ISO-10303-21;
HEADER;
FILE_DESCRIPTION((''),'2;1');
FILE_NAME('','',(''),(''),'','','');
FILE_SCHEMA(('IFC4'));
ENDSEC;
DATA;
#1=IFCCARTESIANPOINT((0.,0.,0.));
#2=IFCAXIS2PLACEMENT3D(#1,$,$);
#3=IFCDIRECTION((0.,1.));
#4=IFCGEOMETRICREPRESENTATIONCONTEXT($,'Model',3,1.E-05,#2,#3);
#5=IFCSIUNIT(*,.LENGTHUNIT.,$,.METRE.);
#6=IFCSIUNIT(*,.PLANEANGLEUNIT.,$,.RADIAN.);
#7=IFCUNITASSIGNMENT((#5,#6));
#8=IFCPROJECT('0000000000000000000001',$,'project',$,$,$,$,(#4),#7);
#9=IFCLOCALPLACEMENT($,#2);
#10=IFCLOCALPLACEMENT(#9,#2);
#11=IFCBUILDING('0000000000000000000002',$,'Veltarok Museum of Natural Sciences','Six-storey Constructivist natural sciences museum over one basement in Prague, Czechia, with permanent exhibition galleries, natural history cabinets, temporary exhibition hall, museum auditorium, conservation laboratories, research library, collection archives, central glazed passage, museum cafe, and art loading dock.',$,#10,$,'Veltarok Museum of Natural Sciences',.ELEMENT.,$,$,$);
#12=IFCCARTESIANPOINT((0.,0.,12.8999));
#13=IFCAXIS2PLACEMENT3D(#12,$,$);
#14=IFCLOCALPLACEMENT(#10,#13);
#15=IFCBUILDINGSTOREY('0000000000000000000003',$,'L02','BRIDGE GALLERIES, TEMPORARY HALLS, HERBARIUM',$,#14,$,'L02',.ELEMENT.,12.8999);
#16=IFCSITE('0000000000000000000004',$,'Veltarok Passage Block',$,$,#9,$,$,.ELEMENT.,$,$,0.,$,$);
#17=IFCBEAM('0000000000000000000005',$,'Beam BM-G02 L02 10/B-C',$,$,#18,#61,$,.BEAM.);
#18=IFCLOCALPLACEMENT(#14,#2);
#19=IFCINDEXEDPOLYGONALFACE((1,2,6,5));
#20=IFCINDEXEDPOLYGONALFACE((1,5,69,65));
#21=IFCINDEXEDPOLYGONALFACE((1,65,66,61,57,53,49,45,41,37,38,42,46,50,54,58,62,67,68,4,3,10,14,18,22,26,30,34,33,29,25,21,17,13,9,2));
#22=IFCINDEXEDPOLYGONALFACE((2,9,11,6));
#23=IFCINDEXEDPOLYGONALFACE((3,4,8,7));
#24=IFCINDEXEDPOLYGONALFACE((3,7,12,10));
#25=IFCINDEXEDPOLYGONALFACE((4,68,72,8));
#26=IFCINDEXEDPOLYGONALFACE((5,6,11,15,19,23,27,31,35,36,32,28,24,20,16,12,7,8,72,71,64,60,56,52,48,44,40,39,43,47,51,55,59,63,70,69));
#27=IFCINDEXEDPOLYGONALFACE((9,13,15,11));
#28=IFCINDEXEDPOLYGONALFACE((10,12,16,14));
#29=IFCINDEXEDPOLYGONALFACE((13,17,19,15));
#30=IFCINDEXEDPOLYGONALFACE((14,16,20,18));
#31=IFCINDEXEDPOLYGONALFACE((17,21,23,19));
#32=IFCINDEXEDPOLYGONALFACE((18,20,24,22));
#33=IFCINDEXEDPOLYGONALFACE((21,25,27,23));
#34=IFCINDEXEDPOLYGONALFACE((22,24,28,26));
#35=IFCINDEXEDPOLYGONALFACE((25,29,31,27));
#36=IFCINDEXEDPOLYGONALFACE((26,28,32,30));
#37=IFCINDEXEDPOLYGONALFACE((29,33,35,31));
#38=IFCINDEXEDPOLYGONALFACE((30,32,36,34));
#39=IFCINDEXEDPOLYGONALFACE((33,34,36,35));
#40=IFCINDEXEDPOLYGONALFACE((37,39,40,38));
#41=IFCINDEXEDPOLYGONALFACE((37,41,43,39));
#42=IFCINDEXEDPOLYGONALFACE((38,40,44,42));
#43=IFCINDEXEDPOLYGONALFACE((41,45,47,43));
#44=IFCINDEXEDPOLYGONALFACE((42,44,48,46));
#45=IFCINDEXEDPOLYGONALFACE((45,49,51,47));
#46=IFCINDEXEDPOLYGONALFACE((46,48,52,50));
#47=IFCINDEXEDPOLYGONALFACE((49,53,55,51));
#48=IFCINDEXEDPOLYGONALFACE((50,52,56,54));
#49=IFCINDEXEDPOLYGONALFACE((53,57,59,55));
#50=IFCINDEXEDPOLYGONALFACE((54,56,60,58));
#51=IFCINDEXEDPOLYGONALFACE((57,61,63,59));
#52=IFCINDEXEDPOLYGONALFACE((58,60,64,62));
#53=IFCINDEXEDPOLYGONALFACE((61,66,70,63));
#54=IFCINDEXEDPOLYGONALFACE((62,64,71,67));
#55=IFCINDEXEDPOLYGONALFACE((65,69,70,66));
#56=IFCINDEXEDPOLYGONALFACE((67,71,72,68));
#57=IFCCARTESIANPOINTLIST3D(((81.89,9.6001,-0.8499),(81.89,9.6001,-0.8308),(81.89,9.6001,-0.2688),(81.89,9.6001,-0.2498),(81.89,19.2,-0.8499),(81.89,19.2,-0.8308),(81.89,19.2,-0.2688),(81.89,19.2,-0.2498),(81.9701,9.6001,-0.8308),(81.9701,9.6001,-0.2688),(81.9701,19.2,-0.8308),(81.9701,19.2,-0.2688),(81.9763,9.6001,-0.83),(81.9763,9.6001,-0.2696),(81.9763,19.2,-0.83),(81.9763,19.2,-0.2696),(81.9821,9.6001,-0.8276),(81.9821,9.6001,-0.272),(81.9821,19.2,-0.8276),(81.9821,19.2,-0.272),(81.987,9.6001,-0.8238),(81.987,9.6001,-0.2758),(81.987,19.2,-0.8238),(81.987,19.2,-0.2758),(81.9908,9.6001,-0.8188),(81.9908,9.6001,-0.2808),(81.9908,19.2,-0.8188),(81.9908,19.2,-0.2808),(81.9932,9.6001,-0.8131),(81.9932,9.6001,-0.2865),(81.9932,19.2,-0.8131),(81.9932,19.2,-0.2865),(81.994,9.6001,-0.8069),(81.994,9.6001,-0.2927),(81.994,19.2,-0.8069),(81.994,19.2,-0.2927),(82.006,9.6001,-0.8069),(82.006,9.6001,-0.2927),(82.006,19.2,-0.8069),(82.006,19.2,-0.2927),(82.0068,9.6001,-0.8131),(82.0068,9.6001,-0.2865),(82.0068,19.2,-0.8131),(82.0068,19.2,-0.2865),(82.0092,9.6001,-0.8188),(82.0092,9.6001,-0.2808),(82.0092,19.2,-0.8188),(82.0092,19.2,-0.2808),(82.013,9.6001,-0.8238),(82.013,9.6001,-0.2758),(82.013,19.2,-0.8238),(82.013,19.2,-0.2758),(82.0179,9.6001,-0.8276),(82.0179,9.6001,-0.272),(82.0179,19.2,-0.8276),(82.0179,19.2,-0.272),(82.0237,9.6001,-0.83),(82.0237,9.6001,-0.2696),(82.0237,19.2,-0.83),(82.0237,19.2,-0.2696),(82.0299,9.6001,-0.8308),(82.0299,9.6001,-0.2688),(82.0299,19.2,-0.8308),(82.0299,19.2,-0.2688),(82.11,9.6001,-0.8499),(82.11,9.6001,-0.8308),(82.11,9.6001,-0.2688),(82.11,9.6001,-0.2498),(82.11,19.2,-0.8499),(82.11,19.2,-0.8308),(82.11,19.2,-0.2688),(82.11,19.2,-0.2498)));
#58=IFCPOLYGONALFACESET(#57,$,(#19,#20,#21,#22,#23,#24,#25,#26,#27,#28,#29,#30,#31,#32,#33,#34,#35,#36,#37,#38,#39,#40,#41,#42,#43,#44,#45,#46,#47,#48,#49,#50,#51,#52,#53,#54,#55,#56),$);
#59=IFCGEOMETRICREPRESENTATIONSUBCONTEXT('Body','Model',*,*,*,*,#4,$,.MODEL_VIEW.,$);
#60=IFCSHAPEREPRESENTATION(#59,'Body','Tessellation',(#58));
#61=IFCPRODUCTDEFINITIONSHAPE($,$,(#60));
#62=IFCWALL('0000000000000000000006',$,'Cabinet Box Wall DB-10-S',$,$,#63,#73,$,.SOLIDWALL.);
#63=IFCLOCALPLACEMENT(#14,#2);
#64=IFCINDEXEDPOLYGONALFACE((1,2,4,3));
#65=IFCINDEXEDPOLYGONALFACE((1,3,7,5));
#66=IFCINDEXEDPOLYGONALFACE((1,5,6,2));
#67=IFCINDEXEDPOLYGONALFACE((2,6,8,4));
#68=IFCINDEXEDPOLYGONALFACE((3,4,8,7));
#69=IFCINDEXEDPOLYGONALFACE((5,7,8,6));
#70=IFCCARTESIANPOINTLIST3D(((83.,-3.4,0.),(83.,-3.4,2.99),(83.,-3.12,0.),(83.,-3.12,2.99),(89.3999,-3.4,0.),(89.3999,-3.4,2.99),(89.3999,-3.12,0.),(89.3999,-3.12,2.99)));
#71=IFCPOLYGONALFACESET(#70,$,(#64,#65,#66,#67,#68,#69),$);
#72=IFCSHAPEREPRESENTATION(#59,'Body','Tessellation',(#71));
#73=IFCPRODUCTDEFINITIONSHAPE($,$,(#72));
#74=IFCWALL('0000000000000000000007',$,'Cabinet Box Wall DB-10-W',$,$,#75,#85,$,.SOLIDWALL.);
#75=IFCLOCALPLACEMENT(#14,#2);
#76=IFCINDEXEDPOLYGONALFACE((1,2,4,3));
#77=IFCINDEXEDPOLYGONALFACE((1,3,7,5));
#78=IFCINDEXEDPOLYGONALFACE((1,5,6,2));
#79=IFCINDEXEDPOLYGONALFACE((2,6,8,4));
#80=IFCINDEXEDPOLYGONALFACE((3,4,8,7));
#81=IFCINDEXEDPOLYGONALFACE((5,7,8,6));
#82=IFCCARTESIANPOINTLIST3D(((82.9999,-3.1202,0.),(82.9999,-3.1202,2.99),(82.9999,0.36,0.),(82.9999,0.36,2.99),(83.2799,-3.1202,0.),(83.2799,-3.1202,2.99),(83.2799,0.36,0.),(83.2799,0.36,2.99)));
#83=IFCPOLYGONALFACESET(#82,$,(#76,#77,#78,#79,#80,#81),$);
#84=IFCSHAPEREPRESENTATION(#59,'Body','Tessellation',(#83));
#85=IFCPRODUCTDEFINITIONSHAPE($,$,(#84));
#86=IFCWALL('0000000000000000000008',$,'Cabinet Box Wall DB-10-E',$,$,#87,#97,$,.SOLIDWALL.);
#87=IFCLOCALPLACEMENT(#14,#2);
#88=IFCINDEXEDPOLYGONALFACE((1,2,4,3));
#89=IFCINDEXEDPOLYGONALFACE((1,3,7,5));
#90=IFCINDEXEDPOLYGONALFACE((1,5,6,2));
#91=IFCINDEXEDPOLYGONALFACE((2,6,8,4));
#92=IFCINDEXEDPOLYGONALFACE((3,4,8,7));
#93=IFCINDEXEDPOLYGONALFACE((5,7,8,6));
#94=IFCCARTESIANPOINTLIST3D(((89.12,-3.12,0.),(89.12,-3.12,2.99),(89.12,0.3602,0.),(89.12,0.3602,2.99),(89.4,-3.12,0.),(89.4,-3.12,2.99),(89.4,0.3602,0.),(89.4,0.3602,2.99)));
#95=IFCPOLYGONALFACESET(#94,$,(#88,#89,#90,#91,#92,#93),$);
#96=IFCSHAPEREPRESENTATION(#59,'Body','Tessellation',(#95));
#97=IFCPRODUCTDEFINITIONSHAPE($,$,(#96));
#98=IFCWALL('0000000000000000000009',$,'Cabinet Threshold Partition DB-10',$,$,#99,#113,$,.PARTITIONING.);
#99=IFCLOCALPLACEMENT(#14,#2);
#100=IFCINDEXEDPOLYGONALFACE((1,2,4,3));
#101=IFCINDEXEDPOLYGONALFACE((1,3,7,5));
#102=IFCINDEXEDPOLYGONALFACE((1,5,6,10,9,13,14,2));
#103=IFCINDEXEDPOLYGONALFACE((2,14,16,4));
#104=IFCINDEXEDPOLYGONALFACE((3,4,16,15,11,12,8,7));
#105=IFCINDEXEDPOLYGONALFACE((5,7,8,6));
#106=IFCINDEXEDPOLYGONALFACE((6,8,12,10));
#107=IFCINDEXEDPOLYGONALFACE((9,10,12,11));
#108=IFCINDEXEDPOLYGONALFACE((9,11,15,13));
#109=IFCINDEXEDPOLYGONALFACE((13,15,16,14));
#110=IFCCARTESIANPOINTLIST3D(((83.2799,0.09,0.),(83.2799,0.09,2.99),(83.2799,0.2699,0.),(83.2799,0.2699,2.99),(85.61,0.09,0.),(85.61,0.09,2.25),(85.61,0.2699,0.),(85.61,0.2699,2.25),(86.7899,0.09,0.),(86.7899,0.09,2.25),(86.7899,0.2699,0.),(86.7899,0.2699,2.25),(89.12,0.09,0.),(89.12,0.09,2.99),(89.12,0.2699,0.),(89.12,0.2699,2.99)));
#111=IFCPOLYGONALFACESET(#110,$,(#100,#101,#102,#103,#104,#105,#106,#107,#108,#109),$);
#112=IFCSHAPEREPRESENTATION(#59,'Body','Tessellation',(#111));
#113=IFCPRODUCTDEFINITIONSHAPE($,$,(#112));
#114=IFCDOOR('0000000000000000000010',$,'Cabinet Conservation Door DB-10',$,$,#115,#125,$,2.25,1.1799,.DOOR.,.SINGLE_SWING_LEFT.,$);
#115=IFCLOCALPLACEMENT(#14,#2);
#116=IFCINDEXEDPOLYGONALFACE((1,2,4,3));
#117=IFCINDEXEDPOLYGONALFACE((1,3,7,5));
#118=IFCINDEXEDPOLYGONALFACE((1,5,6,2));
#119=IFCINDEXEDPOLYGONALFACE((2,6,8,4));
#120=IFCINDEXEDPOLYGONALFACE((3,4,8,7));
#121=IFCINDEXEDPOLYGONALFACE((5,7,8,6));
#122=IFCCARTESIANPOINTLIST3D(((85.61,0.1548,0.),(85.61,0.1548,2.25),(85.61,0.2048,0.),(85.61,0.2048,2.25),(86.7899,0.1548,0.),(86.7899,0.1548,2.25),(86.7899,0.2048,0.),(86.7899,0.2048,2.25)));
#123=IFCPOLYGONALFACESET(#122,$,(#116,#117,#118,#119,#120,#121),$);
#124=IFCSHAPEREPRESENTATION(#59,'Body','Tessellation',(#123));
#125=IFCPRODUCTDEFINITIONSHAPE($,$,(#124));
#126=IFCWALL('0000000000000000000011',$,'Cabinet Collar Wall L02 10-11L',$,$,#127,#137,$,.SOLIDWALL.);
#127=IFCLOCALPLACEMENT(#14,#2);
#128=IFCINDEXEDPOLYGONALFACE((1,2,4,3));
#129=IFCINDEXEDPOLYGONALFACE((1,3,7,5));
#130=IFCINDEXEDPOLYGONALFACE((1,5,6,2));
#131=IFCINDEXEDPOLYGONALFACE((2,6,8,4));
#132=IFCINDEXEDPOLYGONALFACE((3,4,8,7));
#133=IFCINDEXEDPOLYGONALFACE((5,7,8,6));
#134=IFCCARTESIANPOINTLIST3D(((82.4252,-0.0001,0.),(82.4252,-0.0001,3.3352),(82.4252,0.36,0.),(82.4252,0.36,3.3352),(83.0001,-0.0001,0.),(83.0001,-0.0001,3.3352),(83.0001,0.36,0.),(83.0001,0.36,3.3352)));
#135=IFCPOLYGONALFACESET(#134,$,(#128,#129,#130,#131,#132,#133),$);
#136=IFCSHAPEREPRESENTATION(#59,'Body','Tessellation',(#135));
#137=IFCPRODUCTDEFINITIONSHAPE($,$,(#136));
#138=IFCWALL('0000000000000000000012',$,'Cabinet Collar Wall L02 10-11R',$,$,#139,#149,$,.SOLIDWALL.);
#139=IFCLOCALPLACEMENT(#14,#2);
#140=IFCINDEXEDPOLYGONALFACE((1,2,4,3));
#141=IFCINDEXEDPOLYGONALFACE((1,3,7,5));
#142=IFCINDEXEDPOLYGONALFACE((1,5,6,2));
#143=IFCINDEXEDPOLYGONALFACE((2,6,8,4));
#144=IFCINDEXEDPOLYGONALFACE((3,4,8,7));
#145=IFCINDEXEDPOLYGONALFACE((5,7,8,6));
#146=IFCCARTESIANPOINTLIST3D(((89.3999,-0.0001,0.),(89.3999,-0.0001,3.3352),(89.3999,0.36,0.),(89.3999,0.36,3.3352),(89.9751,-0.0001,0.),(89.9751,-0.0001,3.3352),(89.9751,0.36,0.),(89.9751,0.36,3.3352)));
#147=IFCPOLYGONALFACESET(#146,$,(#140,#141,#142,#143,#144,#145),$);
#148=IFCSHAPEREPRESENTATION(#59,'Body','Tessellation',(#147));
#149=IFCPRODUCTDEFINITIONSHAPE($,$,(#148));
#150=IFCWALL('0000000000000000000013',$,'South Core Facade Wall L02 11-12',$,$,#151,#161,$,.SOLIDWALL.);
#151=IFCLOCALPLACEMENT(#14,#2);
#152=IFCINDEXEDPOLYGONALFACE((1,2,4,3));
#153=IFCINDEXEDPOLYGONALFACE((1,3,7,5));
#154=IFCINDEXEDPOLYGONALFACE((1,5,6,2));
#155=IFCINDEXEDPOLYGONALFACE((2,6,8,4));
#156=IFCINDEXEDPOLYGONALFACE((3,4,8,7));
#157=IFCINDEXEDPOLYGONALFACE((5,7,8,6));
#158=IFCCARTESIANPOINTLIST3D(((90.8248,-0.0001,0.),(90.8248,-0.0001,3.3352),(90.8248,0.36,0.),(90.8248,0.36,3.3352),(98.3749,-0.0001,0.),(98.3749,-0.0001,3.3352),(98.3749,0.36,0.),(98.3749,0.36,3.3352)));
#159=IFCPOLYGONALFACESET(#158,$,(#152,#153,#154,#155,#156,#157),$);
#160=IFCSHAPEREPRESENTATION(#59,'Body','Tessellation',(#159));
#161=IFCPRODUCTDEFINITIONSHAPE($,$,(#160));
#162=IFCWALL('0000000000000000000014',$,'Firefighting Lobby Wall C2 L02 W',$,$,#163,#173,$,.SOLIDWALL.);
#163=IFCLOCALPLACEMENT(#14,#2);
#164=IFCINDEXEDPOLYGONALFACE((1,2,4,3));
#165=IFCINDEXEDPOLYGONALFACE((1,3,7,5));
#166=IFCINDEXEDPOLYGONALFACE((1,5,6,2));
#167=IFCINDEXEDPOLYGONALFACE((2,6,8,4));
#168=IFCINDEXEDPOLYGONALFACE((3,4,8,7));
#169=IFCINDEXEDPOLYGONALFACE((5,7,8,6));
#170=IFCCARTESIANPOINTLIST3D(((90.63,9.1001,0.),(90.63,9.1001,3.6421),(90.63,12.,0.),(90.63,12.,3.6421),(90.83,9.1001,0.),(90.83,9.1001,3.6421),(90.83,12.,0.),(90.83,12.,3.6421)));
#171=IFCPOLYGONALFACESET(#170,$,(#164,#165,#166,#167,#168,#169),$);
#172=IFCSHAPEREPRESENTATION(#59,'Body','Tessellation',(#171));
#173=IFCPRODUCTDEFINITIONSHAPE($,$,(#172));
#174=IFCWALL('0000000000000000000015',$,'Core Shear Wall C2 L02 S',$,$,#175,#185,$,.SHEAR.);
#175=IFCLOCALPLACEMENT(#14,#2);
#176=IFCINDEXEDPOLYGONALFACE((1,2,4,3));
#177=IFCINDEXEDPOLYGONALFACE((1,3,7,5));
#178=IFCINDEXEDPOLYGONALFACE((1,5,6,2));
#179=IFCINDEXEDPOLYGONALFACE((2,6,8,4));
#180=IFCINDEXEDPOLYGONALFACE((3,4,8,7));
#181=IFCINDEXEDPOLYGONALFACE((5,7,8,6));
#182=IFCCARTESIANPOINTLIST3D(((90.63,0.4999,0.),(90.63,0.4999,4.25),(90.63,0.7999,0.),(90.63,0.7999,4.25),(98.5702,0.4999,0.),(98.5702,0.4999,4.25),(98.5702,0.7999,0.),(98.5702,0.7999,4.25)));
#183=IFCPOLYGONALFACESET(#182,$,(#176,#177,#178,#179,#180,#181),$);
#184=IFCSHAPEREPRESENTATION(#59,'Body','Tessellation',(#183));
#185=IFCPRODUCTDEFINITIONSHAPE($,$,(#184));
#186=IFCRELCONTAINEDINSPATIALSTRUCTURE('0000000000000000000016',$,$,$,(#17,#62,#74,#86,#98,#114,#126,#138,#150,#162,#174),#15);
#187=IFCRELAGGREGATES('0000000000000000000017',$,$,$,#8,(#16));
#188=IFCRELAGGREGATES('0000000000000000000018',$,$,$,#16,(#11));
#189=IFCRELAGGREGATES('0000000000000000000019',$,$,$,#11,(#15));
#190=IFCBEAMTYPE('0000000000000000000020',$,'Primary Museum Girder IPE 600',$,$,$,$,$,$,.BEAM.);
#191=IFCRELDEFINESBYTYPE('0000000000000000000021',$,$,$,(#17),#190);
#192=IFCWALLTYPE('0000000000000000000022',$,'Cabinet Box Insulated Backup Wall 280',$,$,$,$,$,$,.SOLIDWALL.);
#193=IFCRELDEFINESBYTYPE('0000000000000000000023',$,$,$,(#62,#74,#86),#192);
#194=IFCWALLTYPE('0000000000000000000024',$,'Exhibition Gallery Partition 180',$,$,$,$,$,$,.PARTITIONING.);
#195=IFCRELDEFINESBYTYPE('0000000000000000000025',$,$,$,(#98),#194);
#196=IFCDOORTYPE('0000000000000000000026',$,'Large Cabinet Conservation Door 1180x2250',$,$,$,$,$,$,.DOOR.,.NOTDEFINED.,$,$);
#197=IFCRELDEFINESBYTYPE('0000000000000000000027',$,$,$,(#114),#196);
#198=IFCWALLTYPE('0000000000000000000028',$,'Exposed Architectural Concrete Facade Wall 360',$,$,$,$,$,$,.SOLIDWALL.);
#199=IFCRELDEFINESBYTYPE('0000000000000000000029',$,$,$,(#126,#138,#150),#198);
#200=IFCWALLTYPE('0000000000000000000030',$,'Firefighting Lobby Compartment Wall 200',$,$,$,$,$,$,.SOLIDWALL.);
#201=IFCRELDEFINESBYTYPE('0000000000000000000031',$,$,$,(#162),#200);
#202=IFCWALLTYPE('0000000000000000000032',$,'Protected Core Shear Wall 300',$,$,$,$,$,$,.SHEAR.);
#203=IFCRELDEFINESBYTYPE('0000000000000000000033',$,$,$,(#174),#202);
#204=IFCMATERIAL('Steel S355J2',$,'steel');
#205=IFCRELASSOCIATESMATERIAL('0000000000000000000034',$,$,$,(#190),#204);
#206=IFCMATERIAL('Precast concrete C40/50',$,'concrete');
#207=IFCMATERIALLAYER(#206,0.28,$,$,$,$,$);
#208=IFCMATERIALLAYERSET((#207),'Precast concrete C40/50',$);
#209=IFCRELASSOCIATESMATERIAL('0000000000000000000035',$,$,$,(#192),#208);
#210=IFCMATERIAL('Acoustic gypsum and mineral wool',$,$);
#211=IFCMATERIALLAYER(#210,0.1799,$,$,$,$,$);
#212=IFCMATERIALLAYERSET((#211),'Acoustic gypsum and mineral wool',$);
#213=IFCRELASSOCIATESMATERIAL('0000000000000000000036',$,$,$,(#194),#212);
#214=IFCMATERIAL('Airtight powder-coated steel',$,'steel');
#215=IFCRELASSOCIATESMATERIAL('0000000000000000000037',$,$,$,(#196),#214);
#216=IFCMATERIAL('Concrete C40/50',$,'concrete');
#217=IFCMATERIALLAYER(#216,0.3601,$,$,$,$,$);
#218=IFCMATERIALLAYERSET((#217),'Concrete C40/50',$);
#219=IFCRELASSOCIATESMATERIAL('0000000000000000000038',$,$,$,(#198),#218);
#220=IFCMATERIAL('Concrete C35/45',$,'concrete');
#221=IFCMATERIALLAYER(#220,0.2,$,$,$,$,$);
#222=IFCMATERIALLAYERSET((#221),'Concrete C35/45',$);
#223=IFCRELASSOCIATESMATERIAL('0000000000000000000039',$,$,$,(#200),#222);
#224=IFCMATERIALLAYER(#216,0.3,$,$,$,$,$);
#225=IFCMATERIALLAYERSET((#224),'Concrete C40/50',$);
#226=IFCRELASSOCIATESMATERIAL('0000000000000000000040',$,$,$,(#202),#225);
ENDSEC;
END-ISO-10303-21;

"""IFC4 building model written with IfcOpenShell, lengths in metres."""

from ifc_helpers import new_model, si_unit, direction, frame, frame_2d, origin, origin_2d, place, context, subcontext, project, spatial, rectangle, i_section, extrude, material, layer, layer_set, material_profile, profile_set, type_object, element, fill, save


model = new_model("IFC4")

# Units and contexts
model_context = context("Model", 3, precision=1e-05, world=origin(), true_north=direction((0.0, 1.0)))
body_context = subcontext(model_context, "Body", "Model", "MODEL_VIEW")
ifc_project = project(units=[si_unit("LENGTHUNIT", "METRE"), si_unit("PLANEANGLEUNIT", "RADIAN")], contexts=[model_context])

# Site, building, storey
site_placement = place(None, origin())
site = spatial("IfcSite", under=ifc_project, at=site_placement, Name="Veltarok Passage Block", CompositionType="ELEMENT", RefElevation=0.0)
building_placement = place(site_placement, origin())
building = spatial("IfcBuilding", under=site, at=building_placement, Name="Veltarok Museum of Natural Sciences", Description="Six-storey Constructivist natural sciences museum over one basement in Prague, Czechia, with permanent exhibition galleries, natural history cabinets, temporary exhibition hall, museum auditorium, conservation laboratories, research library, collection archives, central glazed passage, museum cafe, and art loading dock.", LongName="Veltarok Museum of Natural Sciences", CompositionType="ELEMENT")
storey_placement = place(building_placement, frame((0.0, 0.0, 12.8999)))
storey = spatial("IfcBuildingStorey", under=building, at=storey_placement, Name="L02", Description="BRIDGE GALLERIES, TEMPORARY HALLS, HERBARIUM", LongName="L02", CompositionType="ELEMENT", Elevation=12.8999)

# Shared definitions
ifc_material_1 = material(Name="Concrete C40/50", Category="concrete")
ifc_material_2 = material(Name="Steel S355J2", Category="steel")

# Beam
ifc_material_profile_1 = material_profile(ifc_material_2, i_section(OverallWidth=0.22, OverallDepth=0.6001, WebThickness=0.012, FlangeThickness=0.019, FilletRadius=0.0239, at=origin_2d()), Name="IPE 600")
ifc_profile_set_1 = profile_set([ifc_material_profile_1], Name="Steel S355J2")
beam_type_1 = type_object("IfcBeamType", Name="Primary Museum Girder IPE 600", PredefinedType="BEAM", material=ifc_profile_set_1)
beam_1_placement = place(storey_placement, frame((82.0, 9.6001, -0.5498), z_axis=(0.0, 1.0, 0.0), x_axis=(-1.0, 0.0, 0.0)))
element("IfcBeam", 1, at=beam_1_placement, inside=storey, type_object=beam_type_1, Name="Beam BM-G02 L02 10/B-C", PredefinedType="BEAM", context=body_context, shape_type="SweptSolid", body=[
    extrude(i_section(OverallWidth=0.22, OverallDepth=0.6001, WebThickness=0.012, FlangeThickness=0.019, FilletRadius=0.0239, at=origin_2d()), origin(), (0.0, 0.0, 1.0), 9.5999),
])

# Walls
ifc_material_3 = material(Name="Precast concrete C40/50", Category="concrete")
ifc_layer_1 = layer(ifc_material_3, 0.28)
ifc_layer_set_1 = layer_set([ifc_layer_1], Name="Precast concrete C40/50")
wall_type_1 = type_object("IfcWallType", Name="Cabinet Box Insulated Backup Wall 280", PredefinedType="SOLIDWALL", material=ifc_layer_set_1)
wall_1_placement = place(storey_placement, frame((83.0, -3.26, 0.0), z_axis=(0.0, 0.0, 1.0), x_axis=(1.0, 0.0, 0.0)))
element("IfcWall", 2, at=wall_1_placement, inside=storey, type_object=wall_type_1, Name="Cabinet Box Wall DB-10-S", PredefinedType="SOLIDWALL", context=body_context, shape_type="SweptSolid", body=[
    extrude(rectangle(XDim=6.3999, YDim=0.28, at=frame_2d((3.2, 0.0))), origin(), (0.0, 0.0, 1.0), 2.99),
])
for number, where, z_axis, x_axis, name in (
    (3, (83.1399, 0.3601, 0.0), (0.0, 0.0, 1.0), (0.0, -1.0, 0.0), "Cabinet Box Wall DB-10-W"),
    (4, (89.26, -3.1201, 0.0), (0.0, 0.0, 1.0), (0.0, 1.0, 0.0), "Cabinet Box Wall DB-10-E"),
):
    element("IfcWall", number, at=place(storey_placement, frame(where, z_axis=z_axis, x_axis=x_axis)), inside=storey, type_object=wall_type_1, Name=name, PredefinedType="SOLIDWALL", context=body_context, shape_type="SweptSolid", body=[
        extrude(rectangle(XDim=3.4802, YDim=0.28, at=frame_2d((1.7402, 0.0))), origin(), (0.0, 0.0, 1.0), 2.99),
    ])

# Wall, opening, door
ifc_material_4 = material(Name="Acoustic gypsum and mineral wool")
ifc_layer_2 = layer(ifc_material_4, 0.1799)
ifc_layer_set_2 = layer_set([ifc_layer_2], Name="Acoustic gypsum and mineral wool")
wall_type_2 = type_object("IfcWallType", Name="Exhibition Gallery Partition 180", PredefinedType="PARTITIONING", material=ifc_layer_set_2)
wall_2_placement = place(storey_placement, frame((83.28, 0.1799, 0.0), z_axis=(0.0, 0.0, 1.0), x_axis=(1.0, 0.0, 0.0)))
wall_2 = element("IfcWall", 5, at=wall_2_placement, inside=storey, type_object=wall_type_2, Name="Cabinet Threshold Partition DB-10", PredefinedType="PARTITIONING", context=body_context, shape_type="SweptSolid", body=[
    extrude(rectangle(XDim=5.8401, YDim=0.1799, at=frame_2d((2.9199, 0.0))), origin(), (0.0, 0.0, 1.0), 2.99),
])
opening_placement = place(wall_2_placement, frame((2.3301, 0.0, 0.0)))
opening = element("IfcOpeningElement", 6, at=opening_placement, cuts=wall_2, PredefinedType="OPENING", context=body_context, shape_type="SweptSolid", body=[
    extrude(rectangle(XDim=1.1799, YDim=2.25, at=frame_2d((0.5898, 1.125))), frame((0.0, 0.1001, 0.0), z_axis=(0.0, -1.0, 0.0), x_axis=(1.0, 0.0, 0.0)), (0.0, 0.0, 1.0), 0.2),
])
ifc_material_5 = material(Name="Airtight powder-coated steel", Category="steel")
door_type = type_object("IfcDoorType", Name="Large Cabinet Conservation Door 1180x2250", OperationType="NOTDEFINED", PredefinedType="DOOR", material=ifc_material_5)
door_placement = place(opening_placement, origin())
door = element("IfcDoor", 7, at=door_placement, inside=storey, type_object=door_type, Name="Cabinet Conservation Door DB-10", OperationType="SINGLE_SWING_LEFT", OverallHeight=2.25, OverallWidth=1.1799, PredefinedType="DOOR", context=body_context, shape_type="SweptSolid", body=[
    extrude(rectangle(XDim=1.1799, YDim=2.25, at=frame_2d((0.5898, 1.125))), frame((0.0, 0.0249, 0.0), z_axis=(0.0, -1.0, 0.0), x_axis=(1.0, 0.0, 0.0)), (0.0, 0.0, 1.0), 0.05),
])
fill(opening, door)

# Walls
ifc_layer_3 = layer(ifc_material_1, 0.3601)
ifc_layer_set_3 = layer_set([ifc_layer_3], Name="Concrete C40/50")
wall_type_3 = type_object("IfcWallType", Name="Exposed Architectural Concrete Facade Wall 360", PredefinedType="SOLIDWALL", material=ifc_layer_set_3)
wall_3_placement = place(storey_placement, frame((82.425, 0.1799, 0.0), z_axis=(0.0, 0.0, 1.0), x_axis=(1.0, 0.0, 0.0)))
element("IfcWall", 8, at=wall_3_placement, inside=storey, type_object=wall_type_3, Name="Cabinet Collar Wall L02 10-11L", PredefinedType="SOLIDWALL", context=body_context, shape_type="SweptSolid", body=[
    extrude(rectangle(XDim=0.575, YDim=0.3601, at=frame_2d((0.2876, 0.0))), origin(), (0.0, 0.0, 1.0), 3.3352),
])
wall_4_placement = place(storey_placement, frame((89.3999, 0.1799, 0.0), z_axis=(0.0, 0.0, 1.0), x_axis=(1.0, 0.0, 0.0)))
element("IfcWall", 9, at=wall_4_placement, inside=storey, type_object=wall_type_3, Name="Cabinet Collar Wall L02 10-11R", PredefinedType="SOLIDWALL", context=body_context, shape_type="SweptSolid", body=[
    extrude(rectangle(XDim=0.5752, YDim=0.3601, at=frame_2d((0.2876, 0.0))), origin(), (0.0, 0.0, 1.0), 3.3352),
])
wall_5_placement = place(storey_placement, frame((90.825, 0.1799, 0.0), z_axis=(0.0, 0.0, 1.0), x_axis=(1.0, 0.0, 0.0)))
element("IfcWall", 10, at=wall_5_placement, inside=storey, type_object=wall_type_3, Name="South Core Facade Wall L02 11-12", PredefinedType="SOLIDWALL", context=body_context, shape_type="SweptSolid", body=[
    extrude(rectangle(XDim=7.55, YDim=0.3601, at=frame_2d((3.7749, 0.0))), origin(), (0.0, 0.0, 1.0), 3.3352),
])
ifc_material_6 = material(Name="Concrete C35/45", Category="concrete")
ifc_layer_4 = layer(ifc_material_6, 0.2)
ifc_layer_set_4 = layer_set([ifc_layer_4], Name="Concrete C35/45")
wall_type_4 = type_object("IfcWallType", Name="Firefighting Lobby Compartment Wall 200", PredefinedType="SOLIDWALL", material=ifc_layer_set_4)
wall_6_placement = place(storey_placement, frame((90.73, 9.1001, 0.0), z_axis=(0.0, 0.0, 1.0), x_axis=(0.0, 1.0, 0.0)))
element("IfcWall", 11, at=wall_6_placement, inside=storey, type_object=wall_type_4, Name="Firefighting Lobby Wall C2 L02 W", PredefinedType="SOLIDWALL", context=body_context, shape_type="SweptSolid", body=[
    extrude(rectangle(XDim=2.8999, YDim=0.2, at=frame_2d((1.45, 0.0))), origin(), (0.0, 0.0, 1.0), 3.6421),
])
ifc_layer_5 = layer(ifc_material_1, 0.3)
ifc_layer_set_5 = layer_set([ifc_layer_5], Name="Concrete C40/50")
wall_type_5 = type_object("IfcWallType", Name="Protected Core Shear Wall 300", PredefinedType="SHEAR", material=ifc_layer_set_5)
wall_7_placement = place(storey_placement, frame((90.6299, 0.6499, 0.0), z_axis=(0.0, 0.0, 1.0), x_axis=(1.0, 0.0, 0.0)))
element("IfcWall", 12, at=wall_7_placement, inside=storey, type_object=wall_type_5, Name="Core Shear Wall C2 L02 S", PredefinedType="SHEAR", context=body_context, shape_type="SweptSolid", body=[
    extrude(rectangle(XDim=7.9402, YDim=0.3, at=frame_2d((3.9702, 0.0))), origin(), (0.0, 0.0, 1.0), 4.25),
])

save(model, "model.ifc")
